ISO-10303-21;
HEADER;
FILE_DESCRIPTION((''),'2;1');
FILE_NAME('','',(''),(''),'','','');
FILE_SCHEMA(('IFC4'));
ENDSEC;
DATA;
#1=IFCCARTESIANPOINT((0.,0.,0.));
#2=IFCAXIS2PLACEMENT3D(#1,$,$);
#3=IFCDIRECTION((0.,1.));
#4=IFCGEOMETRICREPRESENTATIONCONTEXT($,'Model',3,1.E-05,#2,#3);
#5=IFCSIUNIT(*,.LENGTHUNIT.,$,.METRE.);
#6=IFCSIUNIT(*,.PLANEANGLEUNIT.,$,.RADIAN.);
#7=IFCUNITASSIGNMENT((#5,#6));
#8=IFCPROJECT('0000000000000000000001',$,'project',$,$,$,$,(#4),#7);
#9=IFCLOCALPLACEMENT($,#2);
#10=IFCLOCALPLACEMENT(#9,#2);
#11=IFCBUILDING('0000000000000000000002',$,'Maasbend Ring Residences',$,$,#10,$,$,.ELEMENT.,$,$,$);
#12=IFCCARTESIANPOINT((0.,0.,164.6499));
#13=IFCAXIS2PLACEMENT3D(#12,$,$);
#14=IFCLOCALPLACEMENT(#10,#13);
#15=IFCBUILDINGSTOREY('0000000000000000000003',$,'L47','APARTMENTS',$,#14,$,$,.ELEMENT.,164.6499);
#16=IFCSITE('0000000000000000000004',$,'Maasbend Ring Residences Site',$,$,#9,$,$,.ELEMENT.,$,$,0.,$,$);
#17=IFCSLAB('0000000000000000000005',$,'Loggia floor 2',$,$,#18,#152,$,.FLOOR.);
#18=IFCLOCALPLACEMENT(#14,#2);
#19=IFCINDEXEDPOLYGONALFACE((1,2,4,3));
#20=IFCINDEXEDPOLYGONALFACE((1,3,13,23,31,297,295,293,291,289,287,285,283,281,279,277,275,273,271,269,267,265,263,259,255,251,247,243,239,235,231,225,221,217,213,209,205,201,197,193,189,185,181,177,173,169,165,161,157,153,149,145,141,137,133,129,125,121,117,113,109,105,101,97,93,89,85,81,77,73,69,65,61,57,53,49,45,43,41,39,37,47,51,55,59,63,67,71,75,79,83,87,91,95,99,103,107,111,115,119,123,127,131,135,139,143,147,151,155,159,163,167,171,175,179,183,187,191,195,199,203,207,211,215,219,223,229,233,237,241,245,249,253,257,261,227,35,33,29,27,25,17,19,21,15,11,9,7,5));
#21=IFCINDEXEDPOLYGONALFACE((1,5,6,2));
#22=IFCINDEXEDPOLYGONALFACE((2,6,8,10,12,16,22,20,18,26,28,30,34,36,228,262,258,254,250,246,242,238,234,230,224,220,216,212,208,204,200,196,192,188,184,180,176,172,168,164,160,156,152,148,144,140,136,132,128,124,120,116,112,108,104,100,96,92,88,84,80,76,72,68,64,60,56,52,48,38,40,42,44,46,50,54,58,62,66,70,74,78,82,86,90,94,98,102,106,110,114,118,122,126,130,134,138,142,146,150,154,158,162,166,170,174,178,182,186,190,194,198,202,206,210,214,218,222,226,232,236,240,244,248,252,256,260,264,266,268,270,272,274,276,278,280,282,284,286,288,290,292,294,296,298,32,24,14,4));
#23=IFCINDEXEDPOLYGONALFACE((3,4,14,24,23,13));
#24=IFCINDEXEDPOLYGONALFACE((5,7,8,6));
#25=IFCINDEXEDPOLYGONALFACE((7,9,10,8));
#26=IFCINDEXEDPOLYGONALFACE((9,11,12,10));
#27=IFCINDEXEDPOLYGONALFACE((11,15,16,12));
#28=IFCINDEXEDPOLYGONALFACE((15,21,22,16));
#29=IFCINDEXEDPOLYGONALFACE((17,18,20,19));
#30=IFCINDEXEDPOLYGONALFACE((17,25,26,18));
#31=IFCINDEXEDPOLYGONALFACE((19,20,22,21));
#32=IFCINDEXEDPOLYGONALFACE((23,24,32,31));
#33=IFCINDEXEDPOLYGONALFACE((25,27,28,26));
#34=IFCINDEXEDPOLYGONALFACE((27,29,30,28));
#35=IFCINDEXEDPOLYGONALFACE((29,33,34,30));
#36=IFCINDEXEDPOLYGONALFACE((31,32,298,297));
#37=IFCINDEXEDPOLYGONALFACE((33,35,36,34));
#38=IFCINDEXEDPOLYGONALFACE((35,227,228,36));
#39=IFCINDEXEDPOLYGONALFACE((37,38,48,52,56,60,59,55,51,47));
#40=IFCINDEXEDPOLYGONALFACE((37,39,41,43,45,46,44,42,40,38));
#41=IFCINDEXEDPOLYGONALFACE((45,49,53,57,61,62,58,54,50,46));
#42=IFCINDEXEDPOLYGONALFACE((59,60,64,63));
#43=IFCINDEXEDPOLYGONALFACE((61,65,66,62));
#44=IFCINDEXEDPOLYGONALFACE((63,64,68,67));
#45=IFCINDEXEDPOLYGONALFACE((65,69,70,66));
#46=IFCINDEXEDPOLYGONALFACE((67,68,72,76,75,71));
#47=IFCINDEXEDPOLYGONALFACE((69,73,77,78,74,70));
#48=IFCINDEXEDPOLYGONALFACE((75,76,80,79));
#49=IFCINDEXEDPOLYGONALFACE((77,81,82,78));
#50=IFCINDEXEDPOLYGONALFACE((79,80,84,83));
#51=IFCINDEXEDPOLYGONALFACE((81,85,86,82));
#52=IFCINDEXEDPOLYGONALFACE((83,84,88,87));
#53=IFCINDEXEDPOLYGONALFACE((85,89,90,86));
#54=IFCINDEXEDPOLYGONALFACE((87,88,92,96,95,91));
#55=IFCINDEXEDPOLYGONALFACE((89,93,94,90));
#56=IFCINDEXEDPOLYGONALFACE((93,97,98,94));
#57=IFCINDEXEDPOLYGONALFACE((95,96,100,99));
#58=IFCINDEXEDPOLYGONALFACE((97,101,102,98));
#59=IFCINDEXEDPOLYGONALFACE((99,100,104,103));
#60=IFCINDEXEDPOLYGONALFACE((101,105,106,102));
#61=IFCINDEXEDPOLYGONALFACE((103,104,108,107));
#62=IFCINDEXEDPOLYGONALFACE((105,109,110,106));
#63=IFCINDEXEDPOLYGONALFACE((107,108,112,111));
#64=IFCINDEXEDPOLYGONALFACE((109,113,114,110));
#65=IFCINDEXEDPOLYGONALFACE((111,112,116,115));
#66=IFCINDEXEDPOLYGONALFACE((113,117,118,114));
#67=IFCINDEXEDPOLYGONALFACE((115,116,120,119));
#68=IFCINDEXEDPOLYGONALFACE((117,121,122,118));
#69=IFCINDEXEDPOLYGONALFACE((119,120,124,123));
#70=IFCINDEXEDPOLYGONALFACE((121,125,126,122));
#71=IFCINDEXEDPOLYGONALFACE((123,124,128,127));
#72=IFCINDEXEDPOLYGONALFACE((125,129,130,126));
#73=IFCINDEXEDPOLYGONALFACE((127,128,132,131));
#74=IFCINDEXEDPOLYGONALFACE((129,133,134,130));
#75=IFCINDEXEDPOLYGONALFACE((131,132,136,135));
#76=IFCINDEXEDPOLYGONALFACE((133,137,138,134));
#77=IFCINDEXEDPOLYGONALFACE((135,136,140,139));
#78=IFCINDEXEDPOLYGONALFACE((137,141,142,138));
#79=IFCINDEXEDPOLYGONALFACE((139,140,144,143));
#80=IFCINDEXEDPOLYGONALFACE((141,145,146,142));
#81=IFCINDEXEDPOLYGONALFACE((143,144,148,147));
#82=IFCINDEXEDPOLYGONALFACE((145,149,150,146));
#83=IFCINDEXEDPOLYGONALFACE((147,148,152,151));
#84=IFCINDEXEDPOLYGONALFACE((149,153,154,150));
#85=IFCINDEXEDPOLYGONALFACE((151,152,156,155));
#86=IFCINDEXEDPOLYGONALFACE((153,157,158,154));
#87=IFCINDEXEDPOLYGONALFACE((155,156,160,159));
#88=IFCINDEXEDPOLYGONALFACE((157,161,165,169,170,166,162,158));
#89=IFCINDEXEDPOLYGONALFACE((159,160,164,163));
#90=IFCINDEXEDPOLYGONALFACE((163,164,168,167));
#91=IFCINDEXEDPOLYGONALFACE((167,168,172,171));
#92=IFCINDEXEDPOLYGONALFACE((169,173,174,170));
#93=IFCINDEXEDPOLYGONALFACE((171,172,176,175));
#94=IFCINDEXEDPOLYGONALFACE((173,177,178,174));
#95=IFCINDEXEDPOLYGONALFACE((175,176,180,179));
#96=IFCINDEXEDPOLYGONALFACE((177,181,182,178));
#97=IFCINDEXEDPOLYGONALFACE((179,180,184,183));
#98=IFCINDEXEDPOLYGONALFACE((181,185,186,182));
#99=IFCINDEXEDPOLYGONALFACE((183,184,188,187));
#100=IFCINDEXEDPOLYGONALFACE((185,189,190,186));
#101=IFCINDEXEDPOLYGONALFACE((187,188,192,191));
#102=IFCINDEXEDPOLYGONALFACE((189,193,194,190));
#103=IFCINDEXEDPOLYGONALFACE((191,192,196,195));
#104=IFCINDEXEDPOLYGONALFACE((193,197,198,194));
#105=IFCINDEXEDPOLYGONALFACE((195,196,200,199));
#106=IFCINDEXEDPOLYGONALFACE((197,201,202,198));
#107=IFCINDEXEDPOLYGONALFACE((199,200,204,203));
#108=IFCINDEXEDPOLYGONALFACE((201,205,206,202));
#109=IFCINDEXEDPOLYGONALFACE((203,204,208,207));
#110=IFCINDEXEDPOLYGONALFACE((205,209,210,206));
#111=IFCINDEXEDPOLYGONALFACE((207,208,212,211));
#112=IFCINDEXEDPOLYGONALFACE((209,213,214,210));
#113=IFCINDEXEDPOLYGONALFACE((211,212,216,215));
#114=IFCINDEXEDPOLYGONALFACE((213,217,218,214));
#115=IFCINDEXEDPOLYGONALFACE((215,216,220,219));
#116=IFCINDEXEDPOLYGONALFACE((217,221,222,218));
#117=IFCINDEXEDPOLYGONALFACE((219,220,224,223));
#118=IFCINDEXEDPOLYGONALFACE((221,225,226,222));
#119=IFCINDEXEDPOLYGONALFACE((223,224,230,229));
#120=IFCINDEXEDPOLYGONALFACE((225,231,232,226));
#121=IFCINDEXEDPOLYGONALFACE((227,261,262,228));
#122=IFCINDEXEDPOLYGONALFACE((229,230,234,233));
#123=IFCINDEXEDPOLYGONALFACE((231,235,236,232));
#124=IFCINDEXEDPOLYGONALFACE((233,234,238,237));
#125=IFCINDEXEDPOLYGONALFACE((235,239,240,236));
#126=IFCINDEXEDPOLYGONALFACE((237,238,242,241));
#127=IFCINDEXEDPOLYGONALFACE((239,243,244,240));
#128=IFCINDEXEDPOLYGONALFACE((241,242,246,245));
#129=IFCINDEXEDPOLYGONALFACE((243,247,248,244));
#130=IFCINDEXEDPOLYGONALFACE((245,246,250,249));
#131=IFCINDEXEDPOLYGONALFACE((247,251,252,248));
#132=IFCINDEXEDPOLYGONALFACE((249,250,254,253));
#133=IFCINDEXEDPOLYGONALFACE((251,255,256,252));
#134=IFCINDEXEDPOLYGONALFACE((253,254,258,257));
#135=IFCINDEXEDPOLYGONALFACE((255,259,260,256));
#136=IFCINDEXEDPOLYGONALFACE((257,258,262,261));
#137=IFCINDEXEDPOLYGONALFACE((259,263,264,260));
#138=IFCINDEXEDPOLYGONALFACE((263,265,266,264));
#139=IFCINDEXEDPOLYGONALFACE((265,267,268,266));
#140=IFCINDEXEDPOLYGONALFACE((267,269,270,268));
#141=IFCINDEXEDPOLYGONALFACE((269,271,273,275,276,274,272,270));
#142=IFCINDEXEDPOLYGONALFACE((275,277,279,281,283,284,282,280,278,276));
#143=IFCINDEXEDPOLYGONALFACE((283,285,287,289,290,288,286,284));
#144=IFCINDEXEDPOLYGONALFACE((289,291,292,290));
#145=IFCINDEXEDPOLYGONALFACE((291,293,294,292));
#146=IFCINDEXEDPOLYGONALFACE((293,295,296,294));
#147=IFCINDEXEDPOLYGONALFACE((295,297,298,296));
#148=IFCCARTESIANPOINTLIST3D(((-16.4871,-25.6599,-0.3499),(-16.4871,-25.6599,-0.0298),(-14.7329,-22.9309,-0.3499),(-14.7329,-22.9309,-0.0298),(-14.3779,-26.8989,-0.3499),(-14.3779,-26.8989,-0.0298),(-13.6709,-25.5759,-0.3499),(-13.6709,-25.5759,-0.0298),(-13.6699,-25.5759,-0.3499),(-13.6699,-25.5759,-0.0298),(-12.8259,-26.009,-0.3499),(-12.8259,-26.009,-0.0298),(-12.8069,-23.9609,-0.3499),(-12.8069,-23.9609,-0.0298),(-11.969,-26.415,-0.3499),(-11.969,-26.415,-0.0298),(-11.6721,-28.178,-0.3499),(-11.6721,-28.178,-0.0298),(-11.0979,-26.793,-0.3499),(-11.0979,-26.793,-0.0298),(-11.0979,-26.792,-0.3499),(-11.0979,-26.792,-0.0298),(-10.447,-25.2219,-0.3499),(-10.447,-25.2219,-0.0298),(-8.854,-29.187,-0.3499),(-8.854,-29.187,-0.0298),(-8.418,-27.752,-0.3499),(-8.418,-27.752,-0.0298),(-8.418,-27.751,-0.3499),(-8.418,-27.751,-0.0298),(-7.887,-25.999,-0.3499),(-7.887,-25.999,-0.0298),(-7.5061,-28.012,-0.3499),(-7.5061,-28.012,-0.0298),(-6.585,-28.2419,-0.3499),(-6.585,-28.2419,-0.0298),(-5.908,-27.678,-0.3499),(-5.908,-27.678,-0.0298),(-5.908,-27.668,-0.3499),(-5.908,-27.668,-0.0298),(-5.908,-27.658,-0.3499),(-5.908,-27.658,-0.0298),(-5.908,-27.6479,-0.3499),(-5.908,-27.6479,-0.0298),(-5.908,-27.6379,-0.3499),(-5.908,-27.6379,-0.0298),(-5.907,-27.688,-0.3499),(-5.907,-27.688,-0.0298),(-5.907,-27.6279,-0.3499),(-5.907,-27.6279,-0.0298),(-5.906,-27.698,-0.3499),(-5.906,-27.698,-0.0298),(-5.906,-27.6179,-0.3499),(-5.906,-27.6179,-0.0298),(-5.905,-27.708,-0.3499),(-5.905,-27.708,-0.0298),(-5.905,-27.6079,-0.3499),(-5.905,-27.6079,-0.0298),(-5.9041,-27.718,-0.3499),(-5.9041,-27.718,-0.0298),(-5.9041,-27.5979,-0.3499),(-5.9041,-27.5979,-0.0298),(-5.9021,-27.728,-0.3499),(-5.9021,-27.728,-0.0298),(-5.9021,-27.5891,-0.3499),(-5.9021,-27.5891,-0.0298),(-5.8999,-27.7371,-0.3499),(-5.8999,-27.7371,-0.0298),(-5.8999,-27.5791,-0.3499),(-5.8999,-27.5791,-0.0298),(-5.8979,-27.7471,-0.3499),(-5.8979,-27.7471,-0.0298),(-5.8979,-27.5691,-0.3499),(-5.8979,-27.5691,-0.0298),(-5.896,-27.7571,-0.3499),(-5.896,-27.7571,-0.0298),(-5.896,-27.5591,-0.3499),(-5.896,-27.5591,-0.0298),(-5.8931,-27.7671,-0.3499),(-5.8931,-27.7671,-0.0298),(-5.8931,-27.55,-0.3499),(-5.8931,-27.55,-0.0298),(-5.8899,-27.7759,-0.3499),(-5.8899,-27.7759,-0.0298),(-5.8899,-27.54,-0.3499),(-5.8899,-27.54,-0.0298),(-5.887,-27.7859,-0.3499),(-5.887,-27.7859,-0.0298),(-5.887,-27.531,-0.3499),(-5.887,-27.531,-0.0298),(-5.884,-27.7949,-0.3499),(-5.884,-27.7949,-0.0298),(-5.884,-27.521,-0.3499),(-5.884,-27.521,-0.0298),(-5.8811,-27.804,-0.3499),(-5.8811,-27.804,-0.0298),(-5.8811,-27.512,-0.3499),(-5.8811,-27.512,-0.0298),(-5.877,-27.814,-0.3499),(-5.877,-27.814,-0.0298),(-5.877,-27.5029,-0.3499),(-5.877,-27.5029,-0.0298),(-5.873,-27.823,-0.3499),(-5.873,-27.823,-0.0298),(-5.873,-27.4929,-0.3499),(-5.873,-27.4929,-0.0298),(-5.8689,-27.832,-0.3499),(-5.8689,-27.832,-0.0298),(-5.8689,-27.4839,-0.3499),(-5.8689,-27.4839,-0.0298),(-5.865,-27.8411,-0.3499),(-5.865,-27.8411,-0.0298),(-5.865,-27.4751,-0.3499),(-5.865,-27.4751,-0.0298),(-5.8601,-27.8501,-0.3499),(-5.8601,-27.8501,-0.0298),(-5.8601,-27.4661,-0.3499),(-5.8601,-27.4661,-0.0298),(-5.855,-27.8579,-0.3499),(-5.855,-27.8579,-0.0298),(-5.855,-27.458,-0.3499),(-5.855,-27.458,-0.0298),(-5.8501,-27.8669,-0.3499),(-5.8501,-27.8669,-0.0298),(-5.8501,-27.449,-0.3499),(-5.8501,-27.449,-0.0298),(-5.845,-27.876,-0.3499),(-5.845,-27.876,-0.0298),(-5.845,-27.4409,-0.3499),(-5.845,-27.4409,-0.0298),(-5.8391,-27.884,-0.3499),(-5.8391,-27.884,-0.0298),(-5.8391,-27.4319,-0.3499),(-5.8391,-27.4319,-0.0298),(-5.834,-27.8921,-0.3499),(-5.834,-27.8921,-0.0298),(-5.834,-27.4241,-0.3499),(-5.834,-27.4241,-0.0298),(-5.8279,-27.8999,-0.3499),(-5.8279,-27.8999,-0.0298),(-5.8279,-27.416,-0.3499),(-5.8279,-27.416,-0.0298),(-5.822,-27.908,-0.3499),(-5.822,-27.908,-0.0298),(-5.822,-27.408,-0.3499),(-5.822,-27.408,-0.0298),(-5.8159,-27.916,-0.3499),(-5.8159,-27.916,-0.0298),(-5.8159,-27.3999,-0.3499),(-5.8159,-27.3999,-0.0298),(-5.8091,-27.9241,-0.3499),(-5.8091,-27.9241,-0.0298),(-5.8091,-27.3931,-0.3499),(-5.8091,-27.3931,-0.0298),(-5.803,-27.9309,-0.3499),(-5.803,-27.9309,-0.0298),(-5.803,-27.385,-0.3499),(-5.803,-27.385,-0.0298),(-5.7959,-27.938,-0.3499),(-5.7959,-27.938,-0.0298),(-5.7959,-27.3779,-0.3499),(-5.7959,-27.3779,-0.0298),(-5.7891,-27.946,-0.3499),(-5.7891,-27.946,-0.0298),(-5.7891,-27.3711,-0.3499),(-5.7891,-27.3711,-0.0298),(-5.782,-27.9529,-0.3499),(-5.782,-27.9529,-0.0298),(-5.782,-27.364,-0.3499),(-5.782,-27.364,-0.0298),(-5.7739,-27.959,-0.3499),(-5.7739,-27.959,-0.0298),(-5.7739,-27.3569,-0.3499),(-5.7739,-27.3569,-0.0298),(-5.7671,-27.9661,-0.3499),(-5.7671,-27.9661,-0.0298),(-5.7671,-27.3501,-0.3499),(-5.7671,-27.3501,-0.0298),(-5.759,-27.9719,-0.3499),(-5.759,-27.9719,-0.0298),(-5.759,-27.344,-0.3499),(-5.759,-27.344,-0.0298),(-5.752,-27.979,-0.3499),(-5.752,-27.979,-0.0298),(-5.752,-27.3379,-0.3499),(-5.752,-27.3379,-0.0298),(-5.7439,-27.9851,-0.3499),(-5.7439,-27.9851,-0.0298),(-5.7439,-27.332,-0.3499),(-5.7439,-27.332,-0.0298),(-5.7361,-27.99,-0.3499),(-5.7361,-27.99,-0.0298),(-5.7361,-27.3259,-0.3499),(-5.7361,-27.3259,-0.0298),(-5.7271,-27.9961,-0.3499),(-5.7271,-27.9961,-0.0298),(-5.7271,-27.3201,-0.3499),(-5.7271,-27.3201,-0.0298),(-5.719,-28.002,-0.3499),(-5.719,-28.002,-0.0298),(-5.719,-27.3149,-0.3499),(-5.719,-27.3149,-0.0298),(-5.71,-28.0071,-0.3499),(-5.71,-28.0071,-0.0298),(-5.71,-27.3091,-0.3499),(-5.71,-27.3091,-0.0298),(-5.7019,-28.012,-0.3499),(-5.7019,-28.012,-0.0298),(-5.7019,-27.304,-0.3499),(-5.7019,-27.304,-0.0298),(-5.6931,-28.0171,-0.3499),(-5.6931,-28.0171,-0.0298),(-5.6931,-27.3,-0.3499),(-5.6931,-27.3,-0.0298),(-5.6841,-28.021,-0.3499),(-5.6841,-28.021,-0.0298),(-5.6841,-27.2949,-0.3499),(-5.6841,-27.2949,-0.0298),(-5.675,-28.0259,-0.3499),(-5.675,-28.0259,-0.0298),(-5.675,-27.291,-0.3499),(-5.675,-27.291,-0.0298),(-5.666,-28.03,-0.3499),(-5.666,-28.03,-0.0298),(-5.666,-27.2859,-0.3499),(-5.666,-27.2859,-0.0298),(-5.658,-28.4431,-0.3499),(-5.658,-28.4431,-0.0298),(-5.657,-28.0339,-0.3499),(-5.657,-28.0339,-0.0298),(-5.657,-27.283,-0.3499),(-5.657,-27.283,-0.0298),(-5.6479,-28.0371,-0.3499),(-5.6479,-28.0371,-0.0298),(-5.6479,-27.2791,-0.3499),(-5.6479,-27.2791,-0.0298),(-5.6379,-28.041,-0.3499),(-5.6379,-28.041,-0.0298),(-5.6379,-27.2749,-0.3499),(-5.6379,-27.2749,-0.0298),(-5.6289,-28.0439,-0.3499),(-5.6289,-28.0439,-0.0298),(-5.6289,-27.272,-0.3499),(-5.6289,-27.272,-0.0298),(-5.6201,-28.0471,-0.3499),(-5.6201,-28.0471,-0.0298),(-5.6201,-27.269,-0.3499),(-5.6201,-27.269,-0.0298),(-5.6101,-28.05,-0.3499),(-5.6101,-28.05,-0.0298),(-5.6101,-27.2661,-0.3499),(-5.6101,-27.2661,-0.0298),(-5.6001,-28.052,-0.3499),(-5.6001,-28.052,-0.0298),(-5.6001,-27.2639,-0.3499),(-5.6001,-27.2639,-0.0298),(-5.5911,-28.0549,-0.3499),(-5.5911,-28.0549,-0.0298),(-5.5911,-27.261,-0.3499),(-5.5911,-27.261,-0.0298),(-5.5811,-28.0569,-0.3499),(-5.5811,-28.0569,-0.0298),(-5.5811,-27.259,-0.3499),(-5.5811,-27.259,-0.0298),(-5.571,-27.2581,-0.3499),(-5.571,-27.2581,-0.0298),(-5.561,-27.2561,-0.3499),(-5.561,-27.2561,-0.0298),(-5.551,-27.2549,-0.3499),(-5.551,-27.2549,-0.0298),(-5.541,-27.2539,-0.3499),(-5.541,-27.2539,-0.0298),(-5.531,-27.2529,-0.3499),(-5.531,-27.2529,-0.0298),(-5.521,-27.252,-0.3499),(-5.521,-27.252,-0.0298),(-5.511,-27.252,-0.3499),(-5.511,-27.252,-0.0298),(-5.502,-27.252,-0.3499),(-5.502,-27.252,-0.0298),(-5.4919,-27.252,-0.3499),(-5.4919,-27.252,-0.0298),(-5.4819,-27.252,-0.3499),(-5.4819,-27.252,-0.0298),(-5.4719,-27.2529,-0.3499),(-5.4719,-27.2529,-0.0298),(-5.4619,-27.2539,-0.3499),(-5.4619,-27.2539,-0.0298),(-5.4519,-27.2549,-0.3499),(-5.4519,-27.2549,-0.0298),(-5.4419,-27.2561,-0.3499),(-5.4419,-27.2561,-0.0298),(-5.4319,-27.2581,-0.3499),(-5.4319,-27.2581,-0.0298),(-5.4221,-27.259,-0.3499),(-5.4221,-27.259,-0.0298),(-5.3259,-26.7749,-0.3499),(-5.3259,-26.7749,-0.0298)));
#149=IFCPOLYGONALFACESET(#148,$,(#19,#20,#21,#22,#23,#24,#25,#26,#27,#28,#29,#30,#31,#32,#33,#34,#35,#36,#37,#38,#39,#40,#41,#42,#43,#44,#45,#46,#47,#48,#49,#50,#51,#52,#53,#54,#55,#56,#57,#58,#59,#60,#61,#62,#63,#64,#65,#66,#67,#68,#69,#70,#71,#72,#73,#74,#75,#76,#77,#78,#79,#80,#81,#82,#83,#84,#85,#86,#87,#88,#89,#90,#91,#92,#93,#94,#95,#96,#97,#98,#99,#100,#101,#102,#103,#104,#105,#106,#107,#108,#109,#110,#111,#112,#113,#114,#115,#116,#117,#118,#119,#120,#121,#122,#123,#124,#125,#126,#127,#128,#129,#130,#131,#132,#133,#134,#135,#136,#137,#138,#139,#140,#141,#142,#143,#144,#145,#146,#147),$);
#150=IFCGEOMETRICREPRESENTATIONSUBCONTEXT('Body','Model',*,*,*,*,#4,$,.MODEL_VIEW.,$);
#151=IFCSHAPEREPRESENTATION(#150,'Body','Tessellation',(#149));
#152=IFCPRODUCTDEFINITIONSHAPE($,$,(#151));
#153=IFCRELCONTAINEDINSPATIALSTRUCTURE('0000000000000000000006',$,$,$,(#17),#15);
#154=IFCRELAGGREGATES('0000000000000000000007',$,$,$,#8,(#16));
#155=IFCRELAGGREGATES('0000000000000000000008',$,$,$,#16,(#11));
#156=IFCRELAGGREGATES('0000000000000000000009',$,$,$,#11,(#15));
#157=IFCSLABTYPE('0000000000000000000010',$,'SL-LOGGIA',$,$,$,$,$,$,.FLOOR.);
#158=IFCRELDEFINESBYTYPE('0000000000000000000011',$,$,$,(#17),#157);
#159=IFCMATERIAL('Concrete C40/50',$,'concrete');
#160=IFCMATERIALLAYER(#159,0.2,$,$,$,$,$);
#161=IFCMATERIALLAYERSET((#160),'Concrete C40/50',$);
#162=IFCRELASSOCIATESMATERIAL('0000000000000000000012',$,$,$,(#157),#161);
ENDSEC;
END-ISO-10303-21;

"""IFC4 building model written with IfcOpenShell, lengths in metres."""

from ifc_helpers import new_model, si_unit, direction, frame, origin, place, context, subcontext, project, spatial, polyline, outline, extrude, material, layer, layer_set, type_object, element, save


model = new_model("IFC4")

# Units and contexts
model_context = context("Model", 3, precision=1e-05, world=origin(), true_north=direction((0.0, 1.0)))
body_context = subcontext(model_context, "Body", "Model", "MODEL_VIEW")
ifc_project = project(units=[si_unit("LENGTHUNIT", "METRE"), si_unit("PLANEANGLEUNIT", "RADIAN")], contexts=[model_context])

# Site, building, storey
site_placement = place(None, origin())
site = spatial("IfcSite", under=ifc_project, at=site_placement, Name="Maasbend Ring Residences Site", CompositionType="ELEMENT", RefElevation=0.0)
building_placement = place(site_placement, origin())
building = spatial("IfcBuilding", under=site, at=building_placement, Name="Maasbend Ring Residences", CompositionType="ELEMENT")
storey_placement = place(building_placement, frame((0.0, 0.0, 164.6499)))
storey = spatial("IfcBuildingStorey", under=building, at=storey_placement, Name="L47", Description="APARTMENTS", CompositionType="ELEMENT", Elevation=164.6499)

# Slab
ifc_material_1 = material(Name="Concrete C40/50", Category="concrete")
ifc_layer_1 = layer(ifc_material_1, 0.2)
ifc_layer_set_1 = layer_set([ifc_layer_1], Name="Concrete C40/50")
slab_type = type_object("IfcSlabType", Name="SL-LOGGIA", PredefinedType="FLOOR", material=ifc_layer_set_1)
slab_1_placement = place(storey_placement, frame((0.0, 0.0, -0.3499)))
element("IfcSlab", 1, at=slab_1_placement, inside=storey, type_object=slab_type, Name="Loggia floor 2", PredefinedType="FLOOR", context=body_context, shape_type="SweptSolid", body=[
    extrude(outline(polyline([(-12.8069, -23.9609), (-10.447, -25.2219), (-10.447, -25.2219), (-10.447, -25.2219), (-7.887, -25.999), (-5.3259, -26.7749), (-5.3259, -26.7749), (-5.3259, -26.7749), (-5.4221, -27.259), (-5.4319, -27.2581), (-5.4419, -27.2561), (-5.4519, -27.2549), (-5.4619, -27.2539), (-5.4719, -27.2529), (-5.4819, -27.252), (-5.4919, -27.252), (-5.502, -27.252), (-5.511, -27.252), (-5.521, -27.252), (-5.531, -27.2529), (-5.541, -27.2539), (-5.551, -27.2549), (-5.561, -27.2561), (-5.571, -27.2581), (-5.5811, -27.259), (-5.5911, -27.261), (-5.6001, -27.2639), (-5.6101, -27.2661), (-5.6201, -27.269), (-5.6289, -27.272), (-5.6379, -27.2749), (-5.6479, -27.2791), (-5.657, -27.283), (-5.666, -27.2859), (-5.675, -27.291), (-5.6841, -27.2949), (-5.6931, -27.3), (-5.7019, -27.304), (-5.71, -27.3091), (-5.719, -27.3149), (-5.7271, -27.3201), (-5.7361, -27.3259), (-5.7439, -27.332), (-5.752, -27.3379), (-5.759, -27.344), (-5.7671, -27.3501), (-5.7739, -27.3569), (-5.782, -27.364), (-5.7891, -27.3711), (-5.7959, -27.3779), (-5.803, -27.385), (-5.8091, -27.3931), (-5.8159, -27.3999), (-5.822, -27.408), (-5.8279, -27.416), (-5.834, -27.4241), (-5.8391, -27.4319), (-5.845, -27.4409), (-5.8501, -27.449), (-5.855, -27.458), (-5.8601, -27.4661), (-5.865, -27.4751), (-5.8689, -27.4839), (-5.873, -27.4929), (-5.877, -27.5029), (-5.8811, -27.512), (-5.884, -27.521), (-5.887, -27.531), (-5.8899, -27.54), (-5.8931, -27.55), (-5.896, -27.5591), (-5.8979, -27.5691), (-5.8999, -27.5791), (-5.9021, -27.5891), (-5.9041, -27.5979), (-5.905, -27.6079), (-5.906, -27.6179), (-5.907, -27.6279), (-5.908, -27.6379), (-5.908, -27.6479), (-5.908, -27.658), (-5.908, -27.668), (-5.908, -27.678), (-5.907, -27.688), (-5.906, -27.698), (-5.905, -27.708), (-5.9041, -27.718), (-5.9021, -27.728), (-5.8999, -27.7371), (-5.8979, -27.7471), (-5.896, -27.7571), (-5.8931, -27.7671), (-5.8899, -27.7759), (-5.887, -27.7859), (-5.884, -27.7949), (-5.8811, -27.804), (-5.877, -27.814), (-5.873, -27.823), (-5.8689, -27.832), (-5.865, -27.8411), (-5.8601, -27.8501), (-5.855, -27.8579), (-5.8501, -27.8669), (-5.845, -27.876), (-5.8391, -27.884), (-5.834, -27.8921), (-5.8279, -27.8999), (-5.822, -27.908), (-5.8159, -27.916), (-5.8091, -27.9241), (-5.803, -27.9309), (-5.7959, -27.938), (-5.7891, -27.946), (-5.782, -27.9529), (-5.7739, -27.959), (-5.7671, -27.9661), (-5.759, -27.9719), (-5.752, -27.979), (-5.7439, -27.9851), (-5.7361, -27.99), (-5.7271, -27.9961), (-5.719, -28.002), (-5.71, -28.0071), (-5.7019, -28.012), (-5.6931, -28.0171), (-5.6841, -28.021), (-5.675, -28.0259), (-5.666, -28.03), (-5.657, -28.0339), (-5.6479, -28.0371), (-5.6379, -28.041), (-5.6289, -28.0439), (-5.6201, -28.0471), (-5.6101, -28.05), (-5.6001, -28.052), (-5.5911, -28.0549), (-5.5811, -28.0569), (-5.658, -28.4431), (-5.658, -28.4431), (-5.658, -28.4431), (-6.585, -28.2419), (-6.585, -28.2419), (-7.5061, -28.012), (-7.5061, -28.012), (-8.418, -27.751), (-8.418, -27.751), (-8.418, -27.751), (-8.418, -27.751), (-8.418, -27.751), (-8.418, -27.751), (-8.418, -27.751), (-8.418, -27.751), (-8.418, -27.751), (-8.418, -27.751), (-8.418, -27.752), (-8.418, -27.752), (-8.418, -27.752), (-8.418, -27.752), (-8.418, -27.752), (-8.418, -27.752), (-8.418, -27.752), (-8.854, -29.187), (-8.854, -29.187), (-8.854, -29.187), (-11.6721, -28.178), (-11.6721, -28.178), (-11.6721, -28.178), (-11.0979, -26.793), (-11.0979, -26.793), (-11.0979, -26.793), (-11.0979, -26.793), (-11.0979, -26.793), (-11.0979, -26.793), (-11.0979, -26.793), (-11.0979, -26.793), (-11.0979, -26.793), (-11.0979, -26.793), (-11.0979, -26.792), (-11.0979, -26.792), (-11.0979, -26.792), (-11.0979, -26.792), (-11.0979, -26.792), (-11.0979, -26.792), (-11.0979, -26.792), (-11.969, -26.415), (-11.969, -26.415), (-12.8259, -26.009), (-12.8259, -26.009), (-13.6699, -25.5759), (-13.6699, -25.5759), (-13.6699, -25.5759), (-13.6699, -25.5759), (-13.6699, -25.5759), (-13.6699, -25.5759), (-13.6699, -25.5759), (-13.6699, -25.5759), (-13.6699, -25.5759), (-13.6699, -25.5759), (-13.6709, -25.5759), (-13.6709, -25.5759), (-13.6709, -25.5759), (-13.6709, -25.5759), (-13.6709, -25.5759), (-13.6709, -25.5759), (-13.6709, -25.5759), (-14.3779, -26.8989), (-14.3779, -26.8989), (-14.3779, -26.8989), (-16.4871, -25.6599), (-16.4871, -25.6599), (-16.4871, -25.6599), (-14.7329, -22.9309), (-14.7329, -22.9309), (-14.7329, -22.9309), (-12.8069, -23.9609)])), origin(), (0.0, 0.0, 1.0), 0.3201),
])

save(model, "model.ifc")
